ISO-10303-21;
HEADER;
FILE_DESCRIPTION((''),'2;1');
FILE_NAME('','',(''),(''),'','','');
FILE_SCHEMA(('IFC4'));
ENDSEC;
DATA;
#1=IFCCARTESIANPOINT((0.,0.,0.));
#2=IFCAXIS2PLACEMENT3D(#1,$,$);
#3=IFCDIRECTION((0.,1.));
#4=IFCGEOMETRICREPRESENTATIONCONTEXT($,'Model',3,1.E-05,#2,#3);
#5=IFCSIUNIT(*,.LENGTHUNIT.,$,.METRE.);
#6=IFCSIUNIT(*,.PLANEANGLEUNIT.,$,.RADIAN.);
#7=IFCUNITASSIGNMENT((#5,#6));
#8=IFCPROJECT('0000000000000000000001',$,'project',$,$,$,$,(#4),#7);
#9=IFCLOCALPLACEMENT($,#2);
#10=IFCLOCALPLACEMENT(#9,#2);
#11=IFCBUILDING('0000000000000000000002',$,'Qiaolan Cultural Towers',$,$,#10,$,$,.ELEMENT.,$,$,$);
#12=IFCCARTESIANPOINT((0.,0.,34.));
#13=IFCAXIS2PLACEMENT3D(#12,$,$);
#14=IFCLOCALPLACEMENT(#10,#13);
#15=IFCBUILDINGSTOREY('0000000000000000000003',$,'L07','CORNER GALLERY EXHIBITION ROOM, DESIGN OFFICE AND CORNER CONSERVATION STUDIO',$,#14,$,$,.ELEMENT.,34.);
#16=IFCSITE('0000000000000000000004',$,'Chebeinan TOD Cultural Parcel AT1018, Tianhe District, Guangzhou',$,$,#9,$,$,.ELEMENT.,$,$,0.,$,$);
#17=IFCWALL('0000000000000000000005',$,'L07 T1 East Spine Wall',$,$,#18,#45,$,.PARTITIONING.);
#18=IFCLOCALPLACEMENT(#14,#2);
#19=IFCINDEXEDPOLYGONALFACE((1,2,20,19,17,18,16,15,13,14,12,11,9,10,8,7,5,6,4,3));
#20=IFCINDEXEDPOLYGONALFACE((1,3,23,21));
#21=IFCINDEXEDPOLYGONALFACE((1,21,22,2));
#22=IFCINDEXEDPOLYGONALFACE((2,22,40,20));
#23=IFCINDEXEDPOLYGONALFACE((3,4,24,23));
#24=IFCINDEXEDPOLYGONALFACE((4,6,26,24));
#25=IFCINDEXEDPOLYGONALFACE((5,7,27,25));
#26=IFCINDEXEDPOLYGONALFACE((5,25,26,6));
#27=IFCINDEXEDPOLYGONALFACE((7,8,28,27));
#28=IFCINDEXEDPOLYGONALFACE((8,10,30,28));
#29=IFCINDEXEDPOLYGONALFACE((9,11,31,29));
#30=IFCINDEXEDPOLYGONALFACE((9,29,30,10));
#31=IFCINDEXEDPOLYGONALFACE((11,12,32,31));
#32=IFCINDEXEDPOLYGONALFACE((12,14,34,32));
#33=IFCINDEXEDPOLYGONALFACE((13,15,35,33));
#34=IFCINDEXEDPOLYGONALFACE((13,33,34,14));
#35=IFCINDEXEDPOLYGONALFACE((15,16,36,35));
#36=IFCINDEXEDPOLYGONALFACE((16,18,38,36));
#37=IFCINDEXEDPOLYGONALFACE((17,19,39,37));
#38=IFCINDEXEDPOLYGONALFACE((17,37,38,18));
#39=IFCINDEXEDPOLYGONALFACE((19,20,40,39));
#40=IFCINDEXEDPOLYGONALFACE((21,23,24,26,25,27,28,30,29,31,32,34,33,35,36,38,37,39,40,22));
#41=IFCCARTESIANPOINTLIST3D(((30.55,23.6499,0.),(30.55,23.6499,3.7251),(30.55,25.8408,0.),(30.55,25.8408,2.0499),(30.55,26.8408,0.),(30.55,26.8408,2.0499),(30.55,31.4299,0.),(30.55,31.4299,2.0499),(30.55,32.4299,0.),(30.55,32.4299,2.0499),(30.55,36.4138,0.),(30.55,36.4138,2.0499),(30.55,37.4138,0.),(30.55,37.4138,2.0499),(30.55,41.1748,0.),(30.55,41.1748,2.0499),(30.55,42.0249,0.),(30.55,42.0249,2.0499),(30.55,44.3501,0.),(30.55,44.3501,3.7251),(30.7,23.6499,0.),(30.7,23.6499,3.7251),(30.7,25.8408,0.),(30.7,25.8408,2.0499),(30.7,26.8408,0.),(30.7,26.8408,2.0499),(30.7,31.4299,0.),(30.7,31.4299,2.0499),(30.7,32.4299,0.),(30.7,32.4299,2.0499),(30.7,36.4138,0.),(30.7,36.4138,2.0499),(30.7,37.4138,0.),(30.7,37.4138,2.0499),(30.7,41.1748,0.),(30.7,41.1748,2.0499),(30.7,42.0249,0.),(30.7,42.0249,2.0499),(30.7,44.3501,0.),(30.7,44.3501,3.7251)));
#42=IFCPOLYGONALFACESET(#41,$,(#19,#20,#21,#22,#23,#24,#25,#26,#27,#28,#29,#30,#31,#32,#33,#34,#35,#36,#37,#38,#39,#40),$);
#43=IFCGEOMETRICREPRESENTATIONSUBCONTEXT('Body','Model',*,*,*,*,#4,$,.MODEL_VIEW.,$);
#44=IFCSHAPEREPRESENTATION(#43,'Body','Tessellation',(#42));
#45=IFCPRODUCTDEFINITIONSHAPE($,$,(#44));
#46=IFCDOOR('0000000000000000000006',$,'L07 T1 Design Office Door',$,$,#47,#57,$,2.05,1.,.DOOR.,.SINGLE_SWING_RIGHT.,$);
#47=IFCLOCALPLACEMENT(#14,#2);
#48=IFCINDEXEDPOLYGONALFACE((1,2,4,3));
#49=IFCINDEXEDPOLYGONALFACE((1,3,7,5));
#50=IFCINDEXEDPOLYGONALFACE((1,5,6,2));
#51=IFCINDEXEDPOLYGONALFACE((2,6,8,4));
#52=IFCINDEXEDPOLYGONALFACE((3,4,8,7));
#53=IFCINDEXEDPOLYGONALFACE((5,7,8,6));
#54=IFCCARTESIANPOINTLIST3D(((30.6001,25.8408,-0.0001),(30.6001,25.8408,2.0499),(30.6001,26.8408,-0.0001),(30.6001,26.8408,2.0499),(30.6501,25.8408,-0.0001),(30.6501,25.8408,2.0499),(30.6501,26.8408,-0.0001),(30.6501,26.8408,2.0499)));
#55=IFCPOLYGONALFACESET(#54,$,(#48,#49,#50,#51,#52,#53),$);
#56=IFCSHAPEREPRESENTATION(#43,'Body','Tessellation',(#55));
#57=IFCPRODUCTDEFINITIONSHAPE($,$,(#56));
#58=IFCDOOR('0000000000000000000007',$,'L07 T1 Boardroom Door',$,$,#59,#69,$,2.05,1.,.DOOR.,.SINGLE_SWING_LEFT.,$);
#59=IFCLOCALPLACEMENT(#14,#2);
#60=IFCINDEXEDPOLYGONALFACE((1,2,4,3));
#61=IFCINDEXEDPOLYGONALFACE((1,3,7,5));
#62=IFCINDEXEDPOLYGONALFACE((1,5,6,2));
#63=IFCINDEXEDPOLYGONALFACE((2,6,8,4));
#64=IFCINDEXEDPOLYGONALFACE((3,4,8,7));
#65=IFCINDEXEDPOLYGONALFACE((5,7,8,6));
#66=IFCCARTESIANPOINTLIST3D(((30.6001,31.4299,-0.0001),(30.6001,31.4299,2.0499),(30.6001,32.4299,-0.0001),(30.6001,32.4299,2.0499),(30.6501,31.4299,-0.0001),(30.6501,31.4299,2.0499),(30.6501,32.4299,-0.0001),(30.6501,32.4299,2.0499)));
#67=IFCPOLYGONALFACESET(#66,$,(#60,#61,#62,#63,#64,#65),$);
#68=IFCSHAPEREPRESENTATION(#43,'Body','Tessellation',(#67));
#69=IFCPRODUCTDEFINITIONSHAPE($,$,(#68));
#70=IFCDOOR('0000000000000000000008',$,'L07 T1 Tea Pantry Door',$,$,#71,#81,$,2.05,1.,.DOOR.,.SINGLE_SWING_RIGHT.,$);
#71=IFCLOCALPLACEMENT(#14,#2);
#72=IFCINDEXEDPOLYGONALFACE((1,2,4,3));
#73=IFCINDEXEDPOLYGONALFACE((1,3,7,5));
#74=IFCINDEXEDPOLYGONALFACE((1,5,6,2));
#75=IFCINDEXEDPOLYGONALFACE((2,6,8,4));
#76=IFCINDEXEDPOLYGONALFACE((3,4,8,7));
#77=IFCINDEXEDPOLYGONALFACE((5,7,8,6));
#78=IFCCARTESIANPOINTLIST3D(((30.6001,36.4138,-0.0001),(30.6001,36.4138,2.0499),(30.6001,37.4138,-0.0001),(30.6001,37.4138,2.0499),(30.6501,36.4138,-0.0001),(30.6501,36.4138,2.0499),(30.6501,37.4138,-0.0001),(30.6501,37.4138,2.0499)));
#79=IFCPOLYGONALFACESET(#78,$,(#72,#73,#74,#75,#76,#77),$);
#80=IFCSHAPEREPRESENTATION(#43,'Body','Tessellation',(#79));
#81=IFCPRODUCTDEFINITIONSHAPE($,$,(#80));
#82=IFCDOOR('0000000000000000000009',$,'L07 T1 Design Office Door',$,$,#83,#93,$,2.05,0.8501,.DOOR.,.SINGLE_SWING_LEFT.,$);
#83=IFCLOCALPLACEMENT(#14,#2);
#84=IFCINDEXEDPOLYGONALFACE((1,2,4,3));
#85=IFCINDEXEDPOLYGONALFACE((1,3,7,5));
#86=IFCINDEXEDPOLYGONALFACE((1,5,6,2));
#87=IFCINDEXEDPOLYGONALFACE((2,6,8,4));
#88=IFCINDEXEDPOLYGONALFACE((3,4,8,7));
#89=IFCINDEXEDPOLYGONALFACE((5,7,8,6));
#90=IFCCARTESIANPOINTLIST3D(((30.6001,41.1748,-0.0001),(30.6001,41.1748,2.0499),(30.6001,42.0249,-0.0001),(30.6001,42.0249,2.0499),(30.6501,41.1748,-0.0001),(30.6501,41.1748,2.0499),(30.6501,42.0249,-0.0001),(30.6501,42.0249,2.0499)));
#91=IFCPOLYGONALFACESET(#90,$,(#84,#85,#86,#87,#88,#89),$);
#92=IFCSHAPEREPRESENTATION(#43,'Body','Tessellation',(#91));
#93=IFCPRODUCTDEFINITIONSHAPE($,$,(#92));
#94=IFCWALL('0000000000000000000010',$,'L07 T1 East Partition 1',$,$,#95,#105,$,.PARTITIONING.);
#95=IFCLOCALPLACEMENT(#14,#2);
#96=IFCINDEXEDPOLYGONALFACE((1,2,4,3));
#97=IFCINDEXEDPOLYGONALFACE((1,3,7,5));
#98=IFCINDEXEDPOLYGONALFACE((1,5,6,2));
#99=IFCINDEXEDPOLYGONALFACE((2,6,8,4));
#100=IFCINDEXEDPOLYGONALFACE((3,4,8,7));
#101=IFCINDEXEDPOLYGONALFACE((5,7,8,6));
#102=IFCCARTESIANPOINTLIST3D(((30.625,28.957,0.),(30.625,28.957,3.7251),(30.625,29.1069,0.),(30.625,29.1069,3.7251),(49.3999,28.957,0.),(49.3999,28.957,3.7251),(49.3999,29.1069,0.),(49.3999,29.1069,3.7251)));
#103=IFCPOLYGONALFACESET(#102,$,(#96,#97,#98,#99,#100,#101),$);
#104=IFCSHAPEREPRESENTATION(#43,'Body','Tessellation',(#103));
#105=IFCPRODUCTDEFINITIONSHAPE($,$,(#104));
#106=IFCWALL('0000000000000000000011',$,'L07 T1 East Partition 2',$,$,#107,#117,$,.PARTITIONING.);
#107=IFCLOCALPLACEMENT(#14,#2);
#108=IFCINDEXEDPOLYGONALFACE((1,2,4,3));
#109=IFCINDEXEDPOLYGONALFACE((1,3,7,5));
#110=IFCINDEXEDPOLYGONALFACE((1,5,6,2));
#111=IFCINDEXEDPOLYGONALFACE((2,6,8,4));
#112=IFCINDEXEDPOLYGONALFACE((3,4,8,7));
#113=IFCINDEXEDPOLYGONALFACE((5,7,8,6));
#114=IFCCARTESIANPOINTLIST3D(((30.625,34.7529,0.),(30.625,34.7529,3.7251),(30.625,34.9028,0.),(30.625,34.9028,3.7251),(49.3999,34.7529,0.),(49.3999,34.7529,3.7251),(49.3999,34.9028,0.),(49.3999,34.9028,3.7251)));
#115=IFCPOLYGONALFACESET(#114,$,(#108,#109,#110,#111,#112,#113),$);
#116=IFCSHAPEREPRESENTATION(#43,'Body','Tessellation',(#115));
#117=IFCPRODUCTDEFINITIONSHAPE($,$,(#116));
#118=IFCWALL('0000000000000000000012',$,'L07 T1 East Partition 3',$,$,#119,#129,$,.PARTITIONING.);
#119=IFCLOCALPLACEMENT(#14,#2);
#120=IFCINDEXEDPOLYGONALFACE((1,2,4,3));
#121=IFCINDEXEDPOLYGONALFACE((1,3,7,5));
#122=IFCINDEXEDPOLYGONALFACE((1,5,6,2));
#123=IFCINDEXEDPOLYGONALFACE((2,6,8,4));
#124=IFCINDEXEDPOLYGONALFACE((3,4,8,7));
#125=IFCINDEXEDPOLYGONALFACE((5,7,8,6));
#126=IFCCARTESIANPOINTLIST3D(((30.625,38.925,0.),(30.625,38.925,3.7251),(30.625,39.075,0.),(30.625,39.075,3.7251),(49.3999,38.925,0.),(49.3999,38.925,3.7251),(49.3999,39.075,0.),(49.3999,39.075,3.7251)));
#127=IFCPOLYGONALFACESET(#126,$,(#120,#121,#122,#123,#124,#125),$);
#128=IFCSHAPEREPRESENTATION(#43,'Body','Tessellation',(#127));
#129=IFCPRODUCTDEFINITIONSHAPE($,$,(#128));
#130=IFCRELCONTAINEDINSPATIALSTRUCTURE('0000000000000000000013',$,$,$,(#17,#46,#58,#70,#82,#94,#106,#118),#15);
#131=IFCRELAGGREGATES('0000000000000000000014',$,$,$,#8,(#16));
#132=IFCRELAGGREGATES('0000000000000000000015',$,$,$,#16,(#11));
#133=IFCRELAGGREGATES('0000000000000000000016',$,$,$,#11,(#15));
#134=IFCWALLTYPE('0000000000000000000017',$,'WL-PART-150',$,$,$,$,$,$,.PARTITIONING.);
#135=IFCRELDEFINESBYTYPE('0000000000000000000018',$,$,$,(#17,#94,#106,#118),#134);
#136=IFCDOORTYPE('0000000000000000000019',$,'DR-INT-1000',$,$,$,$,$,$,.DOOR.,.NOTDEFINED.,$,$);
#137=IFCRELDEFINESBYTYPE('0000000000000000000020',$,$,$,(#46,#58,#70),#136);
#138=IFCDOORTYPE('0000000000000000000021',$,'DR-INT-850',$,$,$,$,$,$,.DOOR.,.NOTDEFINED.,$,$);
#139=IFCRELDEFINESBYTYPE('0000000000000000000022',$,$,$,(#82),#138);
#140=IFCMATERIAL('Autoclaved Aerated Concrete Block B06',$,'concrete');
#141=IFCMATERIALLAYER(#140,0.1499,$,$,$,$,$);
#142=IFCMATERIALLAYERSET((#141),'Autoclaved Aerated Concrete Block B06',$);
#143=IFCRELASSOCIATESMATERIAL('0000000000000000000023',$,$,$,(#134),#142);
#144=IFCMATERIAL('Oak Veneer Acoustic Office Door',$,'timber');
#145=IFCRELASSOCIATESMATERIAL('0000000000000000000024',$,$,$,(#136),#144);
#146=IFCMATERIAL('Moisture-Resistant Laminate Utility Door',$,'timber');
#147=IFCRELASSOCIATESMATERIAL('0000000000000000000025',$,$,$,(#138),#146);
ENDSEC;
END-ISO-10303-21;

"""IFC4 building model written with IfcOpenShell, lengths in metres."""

from ifc_helpers import new_model, si_unit, direction, frame, frame_2d, origin, place, context, subcontext, project, spatial, rectangle, extrude, material, layer, layer_set, type_object, element, fill, save


model = new_model("IFC4")

# Units and contexts
model_context = context("Model", 3, precision=1e-05, world=origin(), true_north=direction((0.0, 1.0)))
body_context = subcontext(model_context, "Body", "Model", "MODEL_VIEW")
ifc_project = project(units=[si_unit("LENGTHUNIT", "METRE"), si_unit("PLANEANGLEUNIT", "RADIAN")], contexts=[model_context])

# Site, building, storey
site_placement = place(None, origin())
site = spatial("IfcSite", under=ifc_project, at=site_placement, Name="Chebeinan TOD Cultural Parcel AT1018, Tianhe District, Guangzhou", CompositionType="ELEMENT", RefElevation=0.0)
building_placement = place(site_placement, origin())
building = spatial("IfcBuilding", under=site, at=building_placement, Name="Qiaolan Cultural Towers", CompositionType="ELEMENT")
storey_placement = place(building_placement, frame((0.0, 0.0, 34.0)))
storey = spatial("IfcBuildingStorey", under=building, at=storey_placement, Name="L07", Description="CORNER GALLERY EXHIBITION ROOM, DESIGN OFFICE AND CORNER CONSERVATION STUDIO", CompositionType="ELEMENT", Elevation=34.0)

# Shared definitions
ifc_material_1 = material(Name="Autoclaved Aerated Concrete Block B06", Category="concrete")
ifc_layer_1 = layer(ifc_material_1, 0.1499)
ifc_layer_set_1 = layer_set([ifc_layer_1], Name="Autoclaved Aerated Concrete Block B06")
wall_type_1 = type_object("IfcWallType", Name="WL-PART-150", PredefinedType="PARTITIONING", material=ifc_layer_set_1)

# Wall, openings, doors
ifc_material_2 = material(Name="Oak Veneer Acoustic Office Door", Category="timber")
door_type_1 = type_object("IfcDoorType", Name="DR-INT-1000", OperationType="NOTDEFINED", PredefinedType="DOOR", material=ifc_material_2)
wall_1_placement = place(storey_placement, frame((30.625, 23.6499, 0.0), z_axis=(0.0, 0.0, 1.0), x_axis=(0.0, 1.0, 0.0)))
wall_1 = element("IfcWall", 1, at=wall_1_placement, inside=storey, type_object=wall_type_1, Name="L07 T1 East Spine Wall", PredefinedType="PARTITIONING", context=body_context, shape_type="SweptSolid", body=[
    extrude(rectangle(XDim=20.7002, YDim=0.1499, at=frame_2d((10.3501, 0.0))), origin(), (0.0, 0.0, 1.0), 3.7251),
])
opening_1_placement = place(wall_1_placement, frame((2.1909, 0.0, 0.0)))
opening_1 = element("IfcOpeningElement", 2, at=opening_1_placement, cuts=wall_1, PredefinedType="OPENING", context=body_context, shape_type="SweptSolid", body=[
    extrude(rectangle(XDim=1.0, YDim=2.05, at=frame_2d((0.5, 1.0249))), frame((0.0, 0.085, 0.0), z_axis=(0.0, -1.0, 0.0), x_axis=(1.0, 0.0, 0.0)), (0.0, 0.0, 1.0), 0.1699),
])
opening_2_placement = place(wall_1_placement, frame((7.78, 0.0, 0.0)))
opening_2 = element("IfcOpeningElement", 3, at=opening_2_placement, cuts=wall_1, PredefinedType="OPENING", context=body_context, shape_type="SweptSolid", body=[
    extrude(rectangle(XDim=1.0, YDim=2.05, at=frame_2d((0.5, 1.0249))), frame((0.0, 0.085, 0.0), z_axis=(0.0, -1.0, 0.0), x_axis=(1.0, 0.0, 0.0)), (0.0, 0.0, 1.0), 0.1699),
])
opening_3_placement = place(wall_1_placement, frame((12.7639, 0.0, 0.0)))
opening_3 = element("IfcOpeningElement", 4, at=opening_3_placement, cuts=wall_1, PredefinedType="OPENING", context=body_context, shape_type="SweptSolid", body=[
    extrude(rectangle(XDim=1.0, YDim=2.05, at=frame_2d((0.5, 1.0249))), frame((0.0, 0.085, 0.0), z_axis=(0.0, -1.0, 0.0), x_axis=(1.0, 0.0, 0.0)), (0.0, 0.0, 1.0), 0.1699),
])
opening_4_placement = place(wall_1_placement, frame((17.5249, 0.0, 0.0)))
opening_4 = element("IfcOpeningElement", 5, at=opening_4_placement, cuts=wall_1, PredefinedType="OPENING", context=body_context, shape_type="SweptSolid", body=[
    extrude(rectangle(XDim=0.8501, YDim=2.05, at=frame_2d((0.425, 1.0249))), frame((0.0, 0.085, 0.0), z_axis=(0.0, -1.0, 0.0), x_axis=(1.0, 0.0, 0.0)), (0.0, 0.0, 1.0), 0.1699),
])
door_1_placement = place(opening_1_placement, origin())
door_1 = element("IfcDoor", 6, at=door_1_placement, inside=storey, type_object=door_type_1, Name="L07 T1 Design Office Door", OperationType="SINGLE_SWING_RIGHT", OverallHeight=2.05, OverallWidth=1.0, PredefinedType="DOOR", context=body_context, shape_type="SweptSolid", body=[
    extrude(rectangle(XDim=1.0, YDim=2.05, at=frame_2d((0.5, 1.0249))), frame((0.0, 0.0249, 0.0), z_axis=(0.0, -1.0, 0.0), x_axis=(1.0, 0.0, 0.0)), (0.0, 0.0, 1.0), 0.05),
])
fill(opening_1, door_1)
door_2_placement = place(opening_2_placement, origin())
door_2 = element("IfcDoor", 7, at=door_2_placement, inside=storey, type_object=door_type_1, Name="L07 T1 Boardroom Door", OperationType="SINGLE_SWING_LEFT", OverallHeight=2.05, OverallWidth=1.0, PredefinedType="DOOR", context=body_context, shape_type="SweptSolid", body=[
    extrude(rectangle(XDim=1.0, YDim=2.05, at=frame_2d((0.5, 1.0249))), frame((0.0, 0.0249, 0.0), z_axis=(0.0, -1.0, 0.0), x_axis=(1.0, 0.0, 0.0)), (0.0, 0.0, 1.0), 0.05),
])
fill(opening_2, door_2)
door_3_placement = place(opening_3_placement, origin())
door_3 = element("IfcDoor", 8, at=door_3_placement, inside=storey, type_object=door_type_1, Name="L07 T1 Tea Pantry Door", OperationType="SINGLE_SWING_RIGHT", OverallHeight=2.05, OverallWidth=1.0, PredefinedType="DOOR", context=body_context, shape_type="SweptSolid", body=[
    extrude(rectangle(XDim=1.0, YDim=2.05, at=frame_2d((0.5, 1.0249))), frame((0.0, 0.0249, 0.0), z_axis=(0.0, -1.0, 0.0), x_axis=(1.0, 0.0, 0.0)), (0.0, 0.0, 1.0), 0.05),
])
fill(opening_3, door_3)
ifc_material_3 = material(Name="Moisture-Resistant Laminate Utility Door", Category="timber")
door_type_2 = type_object("IfcDoorType", Name="DR-INT-850", OperationType="NOTDEFINED", PredefinedType="DOOR", material=ifc_material_3)
door_4_placement = place(opening_4_placement, origin())
door_4 = element("IfcDoor", 9, at=door_4_placement, inside=storey, type_object=door_type_2, Name="L07 T1 Design Office Door", OperationType="SINGLE_SWING_LEFT", OverallHeight=2.05, OverallWidth=0.8501, PredefinedType="DOOR", context=body_context, shape_type="SweptSolid", body=[
    extrude(rectangle(XDim=0.8501, YDim=2.05, at=frame_2d((0.425, 1.0249))), frame((0.0, 0.0249, 0.0), z_axis=(0.0, -1.0, 0.0), x_axis=(1.0, 0.0, 0.0)), (0.0, 0.0, 1.0), 0.05),
])
fill(opening_4, door_4)

# Walls
for number, where, z_axis, x_axis, name in (
    (10, (30.625, 29.032, 0.0), (0.0, 0.0, 1.0), (1.0, 0.0, 0.0), "L07 T1 East Partition 1"),
    (11, (30.625, 34.8279, 0.0), (0.0, 0.0, 1.0), (1.0, 0.0, 0.0), "L07 T1 East Partition 2"),
    (12, (30.625, 39.0, 0.0), (0.0, 0.0, 1.0), (1.0, 0.0, 0.0), "L07 T1 East Partition 3"),
):
    element("IfcWall", number, at=place(storey_placement, frame(where, z_axis=z_axis, x_axis=x_axis)), inside=storey, type_object=wall_type_1, Name=name, PredefinedType="PARTITIONING", context=body_context, shape_type="SweptSolid", body=[
        extrude(rectangle(XDim=18.7749, YDim=0.1499, at=frame_2d((9.3875, 0.0))), origin(), (0.0, 0.0, 1.0), 3.7251),
    ])

save(model, "model.ifc")
